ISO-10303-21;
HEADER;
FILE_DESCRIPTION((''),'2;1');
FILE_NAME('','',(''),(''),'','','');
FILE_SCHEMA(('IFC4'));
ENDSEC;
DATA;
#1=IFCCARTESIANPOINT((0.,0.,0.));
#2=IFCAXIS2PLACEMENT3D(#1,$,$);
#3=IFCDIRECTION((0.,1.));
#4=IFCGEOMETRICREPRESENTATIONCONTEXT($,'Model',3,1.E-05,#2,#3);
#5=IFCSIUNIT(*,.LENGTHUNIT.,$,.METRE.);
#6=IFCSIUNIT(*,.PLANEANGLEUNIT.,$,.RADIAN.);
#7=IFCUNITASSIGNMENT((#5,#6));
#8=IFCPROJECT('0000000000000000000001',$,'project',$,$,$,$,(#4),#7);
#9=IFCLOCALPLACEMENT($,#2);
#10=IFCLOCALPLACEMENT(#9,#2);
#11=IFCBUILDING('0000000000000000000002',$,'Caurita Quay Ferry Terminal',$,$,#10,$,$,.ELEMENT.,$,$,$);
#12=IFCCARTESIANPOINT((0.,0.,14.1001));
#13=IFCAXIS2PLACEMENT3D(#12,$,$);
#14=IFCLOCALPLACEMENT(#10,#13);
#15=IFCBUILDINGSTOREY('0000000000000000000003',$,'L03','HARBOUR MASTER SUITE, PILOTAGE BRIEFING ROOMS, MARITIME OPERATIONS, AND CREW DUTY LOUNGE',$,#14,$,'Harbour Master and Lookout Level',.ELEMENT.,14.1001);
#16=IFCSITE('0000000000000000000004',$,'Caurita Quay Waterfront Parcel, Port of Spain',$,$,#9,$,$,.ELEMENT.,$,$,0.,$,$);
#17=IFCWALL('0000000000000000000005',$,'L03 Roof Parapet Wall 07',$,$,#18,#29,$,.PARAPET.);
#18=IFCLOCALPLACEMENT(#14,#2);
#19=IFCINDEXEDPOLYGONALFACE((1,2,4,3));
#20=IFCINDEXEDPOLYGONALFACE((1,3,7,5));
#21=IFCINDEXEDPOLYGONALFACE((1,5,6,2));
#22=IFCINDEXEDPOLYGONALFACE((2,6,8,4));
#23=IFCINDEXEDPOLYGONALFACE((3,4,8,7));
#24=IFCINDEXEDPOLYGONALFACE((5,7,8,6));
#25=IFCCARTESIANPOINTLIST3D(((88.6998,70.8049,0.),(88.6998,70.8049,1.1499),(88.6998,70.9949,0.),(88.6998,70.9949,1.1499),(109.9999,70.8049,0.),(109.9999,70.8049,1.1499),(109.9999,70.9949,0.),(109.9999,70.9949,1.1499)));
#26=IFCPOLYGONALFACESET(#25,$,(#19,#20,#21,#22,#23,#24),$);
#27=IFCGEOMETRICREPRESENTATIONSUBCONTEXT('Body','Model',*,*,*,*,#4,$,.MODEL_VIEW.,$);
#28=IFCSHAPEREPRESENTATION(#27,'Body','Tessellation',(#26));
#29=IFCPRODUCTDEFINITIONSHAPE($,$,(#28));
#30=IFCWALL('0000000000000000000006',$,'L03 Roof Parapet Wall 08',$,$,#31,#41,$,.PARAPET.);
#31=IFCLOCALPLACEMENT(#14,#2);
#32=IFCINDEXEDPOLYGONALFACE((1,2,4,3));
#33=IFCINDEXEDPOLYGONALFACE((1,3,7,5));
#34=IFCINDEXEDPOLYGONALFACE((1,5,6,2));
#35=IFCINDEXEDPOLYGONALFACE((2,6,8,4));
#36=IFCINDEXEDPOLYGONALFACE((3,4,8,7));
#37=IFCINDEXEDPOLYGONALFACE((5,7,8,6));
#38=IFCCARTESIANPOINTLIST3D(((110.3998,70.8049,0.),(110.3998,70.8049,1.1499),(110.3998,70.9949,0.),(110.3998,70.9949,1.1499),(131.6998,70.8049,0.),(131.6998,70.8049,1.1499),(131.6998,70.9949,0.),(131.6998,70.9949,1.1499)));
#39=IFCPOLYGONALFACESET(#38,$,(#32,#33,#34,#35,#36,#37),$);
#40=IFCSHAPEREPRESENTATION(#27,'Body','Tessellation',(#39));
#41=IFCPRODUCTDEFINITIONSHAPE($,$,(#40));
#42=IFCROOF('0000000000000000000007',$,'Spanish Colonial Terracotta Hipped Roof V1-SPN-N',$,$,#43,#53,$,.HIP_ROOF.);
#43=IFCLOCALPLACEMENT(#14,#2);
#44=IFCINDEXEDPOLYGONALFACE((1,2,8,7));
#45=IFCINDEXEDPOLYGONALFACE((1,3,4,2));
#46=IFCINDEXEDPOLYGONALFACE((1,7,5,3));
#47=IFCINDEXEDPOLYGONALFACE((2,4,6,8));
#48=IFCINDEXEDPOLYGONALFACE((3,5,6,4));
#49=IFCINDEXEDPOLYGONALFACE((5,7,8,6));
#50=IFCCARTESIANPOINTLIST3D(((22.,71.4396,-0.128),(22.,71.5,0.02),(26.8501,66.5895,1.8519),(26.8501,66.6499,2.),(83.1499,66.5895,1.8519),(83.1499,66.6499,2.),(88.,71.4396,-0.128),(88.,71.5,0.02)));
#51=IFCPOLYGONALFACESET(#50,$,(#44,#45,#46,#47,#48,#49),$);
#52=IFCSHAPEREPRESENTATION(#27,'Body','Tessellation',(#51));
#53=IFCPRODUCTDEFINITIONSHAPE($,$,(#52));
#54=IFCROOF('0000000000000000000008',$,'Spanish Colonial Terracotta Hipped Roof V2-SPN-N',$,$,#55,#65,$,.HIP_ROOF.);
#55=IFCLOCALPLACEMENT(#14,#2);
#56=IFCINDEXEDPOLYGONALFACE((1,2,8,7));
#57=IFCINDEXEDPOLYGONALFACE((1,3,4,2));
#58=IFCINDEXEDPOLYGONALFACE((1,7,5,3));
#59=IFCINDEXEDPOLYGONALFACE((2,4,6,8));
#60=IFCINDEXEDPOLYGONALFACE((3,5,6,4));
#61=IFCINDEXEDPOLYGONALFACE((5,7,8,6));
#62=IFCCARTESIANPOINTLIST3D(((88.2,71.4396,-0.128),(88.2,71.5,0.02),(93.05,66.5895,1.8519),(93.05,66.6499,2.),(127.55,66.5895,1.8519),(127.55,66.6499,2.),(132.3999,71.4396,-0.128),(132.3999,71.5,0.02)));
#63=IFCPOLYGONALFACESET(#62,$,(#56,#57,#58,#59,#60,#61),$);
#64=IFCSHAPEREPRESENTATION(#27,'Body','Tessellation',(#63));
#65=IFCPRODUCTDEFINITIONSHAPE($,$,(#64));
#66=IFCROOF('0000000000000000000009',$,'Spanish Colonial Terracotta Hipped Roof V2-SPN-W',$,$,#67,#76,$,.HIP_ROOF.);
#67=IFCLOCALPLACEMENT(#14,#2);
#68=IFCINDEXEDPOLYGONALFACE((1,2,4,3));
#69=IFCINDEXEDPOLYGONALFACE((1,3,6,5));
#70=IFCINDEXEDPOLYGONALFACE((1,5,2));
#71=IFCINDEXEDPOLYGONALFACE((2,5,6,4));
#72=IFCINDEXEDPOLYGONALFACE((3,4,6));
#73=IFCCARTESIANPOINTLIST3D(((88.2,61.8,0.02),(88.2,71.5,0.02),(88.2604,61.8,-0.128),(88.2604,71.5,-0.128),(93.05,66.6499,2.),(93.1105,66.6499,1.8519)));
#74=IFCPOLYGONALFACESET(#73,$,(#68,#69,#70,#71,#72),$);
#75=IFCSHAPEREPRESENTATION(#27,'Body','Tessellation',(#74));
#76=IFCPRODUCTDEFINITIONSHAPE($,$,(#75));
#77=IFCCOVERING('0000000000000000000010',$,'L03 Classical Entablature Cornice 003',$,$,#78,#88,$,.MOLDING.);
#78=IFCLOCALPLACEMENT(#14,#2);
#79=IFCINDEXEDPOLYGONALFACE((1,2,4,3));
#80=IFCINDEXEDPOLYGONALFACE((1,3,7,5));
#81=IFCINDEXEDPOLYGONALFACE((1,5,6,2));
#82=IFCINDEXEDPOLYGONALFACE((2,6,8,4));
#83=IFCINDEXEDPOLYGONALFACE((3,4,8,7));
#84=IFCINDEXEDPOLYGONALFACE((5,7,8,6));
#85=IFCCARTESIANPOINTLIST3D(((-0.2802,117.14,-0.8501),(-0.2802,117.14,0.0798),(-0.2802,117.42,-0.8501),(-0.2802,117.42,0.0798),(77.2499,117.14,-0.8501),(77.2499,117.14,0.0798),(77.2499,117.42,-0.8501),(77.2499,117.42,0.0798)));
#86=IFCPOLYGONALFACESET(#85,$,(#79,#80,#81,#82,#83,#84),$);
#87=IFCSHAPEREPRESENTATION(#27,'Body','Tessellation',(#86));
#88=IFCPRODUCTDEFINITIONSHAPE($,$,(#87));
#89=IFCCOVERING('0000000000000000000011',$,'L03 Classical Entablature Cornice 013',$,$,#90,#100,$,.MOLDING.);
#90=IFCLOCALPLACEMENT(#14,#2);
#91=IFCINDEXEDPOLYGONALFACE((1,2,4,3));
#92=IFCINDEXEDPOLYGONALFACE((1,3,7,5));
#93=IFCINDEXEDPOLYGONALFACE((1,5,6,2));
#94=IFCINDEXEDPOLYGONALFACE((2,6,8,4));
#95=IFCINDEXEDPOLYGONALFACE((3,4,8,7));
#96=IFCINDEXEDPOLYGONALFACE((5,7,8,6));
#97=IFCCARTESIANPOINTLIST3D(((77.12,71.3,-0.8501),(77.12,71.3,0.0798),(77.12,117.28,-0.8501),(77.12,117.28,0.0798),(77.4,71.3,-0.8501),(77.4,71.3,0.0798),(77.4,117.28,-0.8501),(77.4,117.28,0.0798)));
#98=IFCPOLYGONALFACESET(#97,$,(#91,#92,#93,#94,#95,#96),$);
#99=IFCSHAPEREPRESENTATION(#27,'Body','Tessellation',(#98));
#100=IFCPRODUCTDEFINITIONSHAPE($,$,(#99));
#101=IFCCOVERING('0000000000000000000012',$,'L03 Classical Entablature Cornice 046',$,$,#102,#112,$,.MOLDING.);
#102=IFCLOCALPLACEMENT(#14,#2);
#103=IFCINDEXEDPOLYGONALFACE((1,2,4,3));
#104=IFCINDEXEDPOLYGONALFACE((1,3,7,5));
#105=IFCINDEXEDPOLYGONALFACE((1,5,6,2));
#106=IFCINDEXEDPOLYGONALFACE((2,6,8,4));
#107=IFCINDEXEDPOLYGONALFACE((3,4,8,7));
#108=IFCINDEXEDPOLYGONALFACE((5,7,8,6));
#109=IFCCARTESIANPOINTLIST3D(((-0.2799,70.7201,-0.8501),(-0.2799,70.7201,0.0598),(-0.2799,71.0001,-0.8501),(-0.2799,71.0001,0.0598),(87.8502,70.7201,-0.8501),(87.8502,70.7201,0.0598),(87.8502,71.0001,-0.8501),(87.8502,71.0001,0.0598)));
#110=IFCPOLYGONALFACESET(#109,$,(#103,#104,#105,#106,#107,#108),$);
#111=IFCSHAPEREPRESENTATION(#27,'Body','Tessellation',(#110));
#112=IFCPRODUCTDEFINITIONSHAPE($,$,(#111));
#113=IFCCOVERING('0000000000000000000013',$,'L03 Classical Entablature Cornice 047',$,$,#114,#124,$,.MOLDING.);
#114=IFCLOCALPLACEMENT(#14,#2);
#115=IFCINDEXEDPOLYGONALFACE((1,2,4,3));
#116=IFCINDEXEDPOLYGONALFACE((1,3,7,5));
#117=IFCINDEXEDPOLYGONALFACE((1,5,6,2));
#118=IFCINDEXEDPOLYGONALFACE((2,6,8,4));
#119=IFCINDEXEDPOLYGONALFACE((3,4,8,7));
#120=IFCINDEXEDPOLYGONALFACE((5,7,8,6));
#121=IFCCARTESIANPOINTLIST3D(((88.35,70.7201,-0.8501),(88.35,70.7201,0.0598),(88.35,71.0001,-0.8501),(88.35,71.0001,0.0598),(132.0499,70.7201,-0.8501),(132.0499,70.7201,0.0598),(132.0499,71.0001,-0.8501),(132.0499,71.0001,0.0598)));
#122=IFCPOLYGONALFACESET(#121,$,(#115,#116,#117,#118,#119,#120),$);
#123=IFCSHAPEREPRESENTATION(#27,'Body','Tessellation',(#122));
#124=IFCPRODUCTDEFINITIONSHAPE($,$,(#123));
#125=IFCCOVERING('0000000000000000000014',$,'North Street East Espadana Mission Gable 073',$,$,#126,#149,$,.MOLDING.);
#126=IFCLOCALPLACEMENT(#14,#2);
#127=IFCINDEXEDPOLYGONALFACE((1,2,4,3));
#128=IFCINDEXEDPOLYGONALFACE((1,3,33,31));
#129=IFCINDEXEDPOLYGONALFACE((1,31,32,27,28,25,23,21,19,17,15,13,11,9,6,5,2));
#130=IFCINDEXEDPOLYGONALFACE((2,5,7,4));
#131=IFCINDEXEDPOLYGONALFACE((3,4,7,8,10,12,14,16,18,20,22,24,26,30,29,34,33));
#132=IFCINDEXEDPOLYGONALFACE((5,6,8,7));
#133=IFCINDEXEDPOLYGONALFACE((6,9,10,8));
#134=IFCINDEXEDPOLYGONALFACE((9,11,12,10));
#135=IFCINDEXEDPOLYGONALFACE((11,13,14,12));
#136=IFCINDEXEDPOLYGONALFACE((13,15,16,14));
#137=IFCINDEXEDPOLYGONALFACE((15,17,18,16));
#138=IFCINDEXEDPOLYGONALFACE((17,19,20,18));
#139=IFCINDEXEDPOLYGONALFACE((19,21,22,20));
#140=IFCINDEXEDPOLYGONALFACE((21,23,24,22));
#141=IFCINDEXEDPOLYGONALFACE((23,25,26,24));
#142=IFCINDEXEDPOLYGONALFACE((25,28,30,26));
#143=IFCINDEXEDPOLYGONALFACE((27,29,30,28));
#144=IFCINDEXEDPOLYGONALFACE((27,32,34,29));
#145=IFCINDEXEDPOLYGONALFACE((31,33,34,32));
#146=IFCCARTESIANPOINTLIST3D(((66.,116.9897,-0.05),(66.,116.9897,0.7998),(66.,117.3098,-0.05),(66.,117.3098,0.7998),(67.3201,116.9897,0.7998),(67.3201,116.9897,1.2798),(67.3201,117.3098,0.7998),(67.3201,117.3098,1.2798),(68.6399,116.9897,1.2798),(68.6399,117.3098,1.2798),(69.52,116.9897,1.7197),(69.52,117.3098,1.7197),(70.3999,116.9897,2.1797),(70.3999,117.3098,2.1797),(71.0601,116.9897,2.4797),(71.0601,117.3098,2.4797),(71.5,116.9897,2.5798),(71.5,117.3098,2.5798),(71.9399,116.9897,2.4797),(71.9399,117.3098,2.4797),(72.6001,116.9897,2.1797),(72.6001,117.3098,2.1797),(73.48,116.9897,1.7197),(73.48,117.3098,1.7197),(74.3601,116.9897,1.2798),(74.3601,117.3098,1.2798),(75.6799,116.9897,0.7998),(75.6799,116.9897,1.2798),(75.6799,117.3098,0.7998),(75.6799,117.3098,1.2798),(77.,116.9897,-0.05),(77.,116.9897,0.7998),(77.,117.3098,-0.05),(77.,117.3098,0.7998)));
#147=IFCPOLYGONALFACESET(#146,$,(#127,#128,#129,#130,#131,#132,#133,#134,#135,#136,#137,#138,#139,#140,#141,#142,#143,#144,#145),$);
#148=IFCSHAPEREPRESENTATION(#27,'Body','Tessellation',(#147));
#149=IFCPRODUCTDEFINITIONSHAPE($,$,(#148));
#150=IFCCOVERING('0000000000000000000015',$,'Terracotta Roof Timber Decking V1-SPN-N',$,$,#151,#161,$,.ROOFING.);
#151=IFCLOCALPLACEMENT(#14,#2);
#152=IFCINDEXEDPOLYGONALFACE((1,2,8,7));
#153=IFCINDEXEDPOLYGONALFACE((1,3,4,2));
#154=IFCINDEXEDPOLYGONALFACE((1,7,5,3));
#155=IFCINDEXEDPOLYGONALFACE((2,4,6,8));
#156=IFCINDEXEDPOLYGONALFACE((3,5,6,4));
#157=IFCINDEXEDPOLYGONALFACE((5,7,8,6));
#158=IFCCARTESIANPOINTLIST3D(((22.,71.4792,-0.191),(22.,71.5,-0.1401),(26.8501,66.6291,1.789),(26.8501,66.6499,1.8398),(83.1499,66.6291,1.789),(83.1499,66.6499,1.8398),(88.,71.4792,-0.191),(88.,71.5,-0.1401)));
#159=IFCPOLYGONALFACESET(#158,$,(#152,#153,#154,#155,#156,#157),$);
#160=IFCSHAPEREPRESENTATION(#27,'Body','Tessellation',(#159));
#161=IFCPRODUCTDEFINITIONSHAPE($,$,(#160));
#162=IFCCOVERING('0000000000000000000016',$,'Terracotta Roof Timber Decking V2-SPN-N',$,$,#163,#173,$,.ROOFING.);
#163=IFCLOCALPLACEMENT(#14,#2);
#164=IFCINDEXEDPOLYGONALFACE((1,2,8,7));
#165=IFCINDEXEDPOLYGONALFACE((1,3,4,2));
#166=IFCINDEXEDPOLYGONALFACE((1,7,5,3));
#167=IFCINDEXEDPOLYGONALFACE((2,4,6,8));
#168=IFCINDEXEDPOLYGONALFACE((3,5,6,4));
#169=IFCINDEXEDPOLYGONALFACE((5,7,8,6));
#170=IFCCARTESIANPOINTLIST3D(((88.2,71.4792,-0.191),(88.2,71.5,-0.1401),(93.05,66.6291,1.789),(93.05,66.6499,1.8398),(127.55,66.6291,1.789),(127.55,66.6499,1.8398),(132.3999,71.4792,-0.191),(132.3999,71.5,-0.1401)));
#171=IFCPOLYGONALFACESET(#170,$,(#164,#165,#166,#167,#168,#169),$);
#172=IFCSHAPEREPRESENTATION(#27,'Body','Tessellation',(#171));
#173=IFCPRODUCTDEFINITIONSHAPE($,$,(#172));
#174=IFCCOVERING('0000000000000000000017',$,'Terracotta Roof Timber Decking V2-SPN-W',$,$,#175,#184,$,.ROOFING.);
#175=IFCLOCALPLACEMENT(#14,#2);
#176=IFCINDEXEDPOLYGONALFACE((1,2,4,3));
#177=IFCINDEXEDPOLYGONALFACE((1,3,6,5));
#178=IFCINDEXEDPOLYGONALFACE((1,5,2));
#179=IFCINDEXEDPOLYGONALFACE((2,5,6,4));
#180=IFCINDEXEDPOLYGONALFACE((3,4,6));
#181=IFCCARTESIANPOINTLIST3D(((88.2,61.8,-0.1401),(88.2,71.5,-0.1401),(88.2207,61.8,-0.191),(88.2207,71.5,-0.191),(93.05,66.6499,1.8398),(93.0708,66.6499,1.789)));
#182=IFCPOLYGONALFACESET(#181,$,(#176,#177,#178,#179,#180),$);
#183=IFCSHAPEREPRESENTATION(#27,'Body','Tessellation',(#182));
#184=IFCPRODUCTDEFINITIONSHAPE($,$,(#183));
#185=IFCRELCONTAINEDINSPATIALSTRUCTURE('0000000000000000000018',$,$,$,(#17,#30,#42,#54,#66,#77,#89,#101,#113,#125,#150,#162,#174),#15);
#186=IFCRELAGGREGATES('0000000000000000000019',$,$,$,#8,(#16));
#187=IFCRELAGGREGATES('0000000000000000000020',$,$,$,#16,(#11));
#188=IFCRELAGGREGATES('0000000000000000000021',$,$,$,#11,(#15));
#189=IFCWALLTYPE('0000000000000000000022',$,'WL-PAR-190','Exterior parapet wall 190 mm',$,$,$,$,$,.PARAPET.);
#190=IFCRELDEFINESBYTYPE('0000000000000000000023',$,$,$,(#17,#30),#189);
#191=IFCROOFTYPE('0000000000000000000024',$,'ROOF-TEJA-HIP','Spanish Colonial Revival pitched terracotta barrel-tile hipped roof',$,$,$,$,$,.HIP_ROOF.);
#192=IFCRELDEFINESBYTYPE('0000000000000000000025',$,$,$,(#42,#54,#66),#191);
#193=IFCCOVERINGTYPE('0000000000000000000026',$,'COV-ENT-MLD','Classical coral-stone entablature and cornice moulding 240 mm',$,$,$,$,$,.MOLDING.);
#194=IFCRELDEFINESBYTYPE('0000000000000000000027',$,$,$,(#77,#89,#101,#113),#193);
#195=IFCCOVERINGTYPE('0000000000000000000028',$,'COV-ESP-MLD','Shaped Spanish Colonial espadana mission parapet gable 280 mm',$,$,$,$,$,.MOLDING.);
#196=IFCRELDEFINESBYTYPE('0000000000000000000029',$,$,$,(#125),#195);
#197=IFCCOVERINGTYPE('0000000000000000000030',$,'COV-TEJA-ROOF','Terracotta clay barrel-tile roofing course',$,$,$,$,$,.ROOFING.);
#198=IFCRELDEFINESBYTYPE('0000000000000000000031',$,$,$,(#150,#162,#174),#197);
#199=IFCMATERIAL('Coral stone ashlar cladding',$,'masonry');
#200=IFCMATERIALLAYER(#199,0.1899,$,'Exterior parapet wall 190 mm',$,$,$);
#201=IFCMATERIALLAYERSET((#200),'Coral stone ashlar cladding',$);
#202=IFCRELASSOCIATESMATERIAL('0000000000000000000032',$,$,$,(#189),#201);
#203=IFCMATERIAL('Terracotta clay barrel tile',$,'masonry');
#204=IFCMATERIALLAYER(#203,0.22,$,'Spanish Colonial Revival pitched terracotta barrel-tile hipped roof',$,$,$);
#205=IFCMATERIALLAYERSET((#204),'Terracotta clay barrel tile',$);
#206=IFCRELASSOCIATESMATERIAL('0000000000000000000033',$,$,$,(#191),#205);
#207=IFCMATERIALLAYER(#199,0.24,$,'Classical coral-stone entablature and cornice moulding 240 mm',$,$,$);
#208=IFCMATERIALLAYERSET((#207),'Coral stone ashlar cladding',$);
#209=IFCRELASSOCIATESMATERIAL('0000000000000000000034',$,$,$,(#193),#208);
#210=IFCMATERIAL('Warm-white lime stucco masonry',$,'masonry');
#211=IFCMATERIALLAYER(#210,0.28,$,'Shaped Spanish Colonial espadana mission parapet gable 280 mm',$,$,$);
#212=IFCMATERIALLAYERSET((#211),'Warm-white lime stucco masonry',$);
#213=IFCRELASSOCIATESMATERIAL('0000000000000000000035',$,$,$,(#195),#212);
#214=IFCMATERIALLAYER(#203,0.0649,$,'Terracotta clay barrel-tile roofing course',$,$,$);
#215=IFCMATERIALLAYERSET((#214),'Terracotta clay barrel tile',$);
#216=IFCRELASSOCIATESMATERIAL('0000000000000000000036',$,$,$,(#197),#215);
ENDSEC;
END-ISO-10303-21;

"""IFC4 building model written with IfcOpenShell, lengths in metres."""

from ifc_helpers import new_model, si_unit, direction, frame, frame_2d, origin, place, context, subcontext, project, spatial, polyline, rectangle, outline, extrude, material, layer, layer_set, type_object, element, save


model = new_model("IFC4")

# Units and contexts
model_context = context("Model", 3, precision=1e-05, world=origin(), true_north=direction((0.0, 1.0)))
body_context = subcontext(model_context, "Body", "Model", "MODEL_VIEW")
ifc_project = project(units=[si_unit("LENGTHUNIT", "METRE"), si_unit("PLANEANGLEUNIT", "RADIAN")], contexts=[model_context])

# Site, building, storey
site_placement = place(None, origin())
site = spatial("IfcSite", under=ifc_project, at=site_placement, Name="Caurita Quay Waterfront Parcel, Port of Spain", CompositionType="ELEMENT", RefElevation=0.0)
building_placement = place(site_placement, origin())
building = spatial("IfcBuilding", under=site, at=building_placement, Name="Caurita Quay Ferry Terminal", CompositionType="ELEMENT")
storey_placement = place(building_placement, frame((0.0, 0.0, 14.1001)))
storey = spatial("IfcBuildingStorey", under=building, at=storey_placement, Name="L03", Description="HARBOUR MASTER SUITE, PILOTAGE BRIEFING ROOMS, MARITIME OPERATIONS, AND CREW DUTY LOUNGE", LongName="Harbour Master and Lookout Level", CompositionType="ELEMENT", Elevation=14.1001)

# Walls
ifc_material_1 = material(Name="Coral stone ashlar cladding", Category="masonry")
ifc_layer_1 = layer(ifc_material_1, 0.1899, Name="Exterior parapet wall 190 mm")
ifc_layer_set_1 = layer_set([ifc_layer_1], Name="Coral stone ashlar cladding")
wall_type = type_object("IfcWallType", Name="WL-PAR-190", Description="Exterior parapet wall 190 mm", PredefinedType="PARAPET", material=ifc_layer_set_1)
for number, where, z_axis, x_axis, name in (
    (1, (88.7, 70.8999, 0.0), (0.0, 0.0, 1.0), (1.0, 0.0, 0.0), "L03 Roof Parapet Wall 07"),
    (2, (110.3999, 70.8999, 0.0), (0.0, 0.0, 1.0), (1.0, 0.0, 0.0), "L03 Roof Parapet Wall 08"),
):
    element("IfcWall", number, at=place(storey_placement, frame(where, z_axis=z_axis, x_axis=x_axis)), inside=storey, type_object=wall_type, Name=name, PredefinedType="PARAPET", context=body_context, shape_type="SweptSolid", body=[
        extrude(rectangle(XDim=21.3, YDim=0.1899, at=frame_2d((10.6499, 0.0))), origin(), (0.0, 0.0, 1.0), 1.1499),
    ])

# Roofs
ifc_material_2 = material(Name="Terracotta clay barrel tile", Category="masonry")
ifc_layer_2 = layer(ifc_material_2, 0.22, Name="Spanish Colonial Revival pitched terracotta barrel-tile hipped roof")
ifc_layer_set_2 = layer_set([ifc_layer_2], Name="Terracotta clay barrel tile")
roof_type = type_object("IfcRoofType", Name="ROOF-TEJA-HIP", Description="Spanish Colonial Revival pitched terracotta barrel-tile hipped roof", PredefinedType="HIP_ROOF", material=ifc_layer_set_2)
roof_1_placement = place(storey_placement, frame((88.0, 71.5, 0.02), z_axis=(0.0, 0.377954, 0.925824), x_axis=(-1.0, 0.0, 0.0)))
element("IfcRoof", 3, at=roof_1_placement, inside=storey, type_object=roof_type, Name="Spanish Colonial Terracotta Hipped Roof V1-SPN-N", PredefinedType="HIP_ROOF", context=body_context, shape_type="SweptSolid", body=[
    extrude(outline(polyline([(0.0, 0.0), (66.0, 0.0), (61.1499, 5.2387), (4.8501, 5.2387), (0.0, 0.0)])), origin(), (0.0, 0.0, -1.0), 0.1599),
])
roof_2_placement = place(storey_placement, frame((132.3999, 71.5, 0.02), z_axis=(0.0, 0.377954, 0.925824), x_axis=(-1.0, 0.0, 0.0)))
element("IfcRoof", 4, at=roof_2_placement, inside=storey, type_object=roof_type, Name="Spanish Colonial Terracotta Hipped Roof V2-SPN-N", PredefinedType="HIP_ROOF", context=body_context, shape_type="SweptSolid", body=[
    extrude(outline(polyline([(0.0, 0.0), (44.2, 0.0), (39.3499, 5.2387), (4.8499, 5.2387), (0.0, 0.0)])), origin(), (0.0, 0.0, -1.0), 0.1599),
])
roof_3_placement = place(storey_placement, frame((88.2, 71.5, 0.02), z_axis=(-0.377954, 0.0, 0.925824), x_axis=(0.0, -1.0, 0.0)))
element("IfcRoof", 5, at=roof_3_placement, inside=storey, type_object=roof_type, Name="Spanish Colonial Terracotta Hipped Roof V2-SPN-W", PredefinedType="HIP_ROOF", context=body_context, shape_type="SweptSolid", body=[
    extrude(outline(polyline([(0.0, 0.0), (9.7, 0.0), (4.8501, 5.2387), (0.0, 0.0)])), origin(), (0.0, 0.0, -1.0), 0.1599),
])

# Coverings
ifc_layer_3 = layer(ifc_material_1, 0.24, Name="Classical coral-stone entablature and cornice moulding 240 mm")
ifc_layer_set_3 = layer_set([ifc_layer_3], Name="Coral stone ashlar cladding")
covering_type_1 = type_object("IfcCoveringType", Name="COV-ENT-MLD", Description="Classical coral-stone entablature and cornice moulding 240 mm", PredefinedType="MOLDING", material=ifc_layer_set_3)
covering_1_placement = place(storey_placement, frame((77.25, 117.28, -0.8501), z_axis=(0.0, 0.0, 1.0), x_axis=(-1.0, 0.0, 0.0)))
element("IfcCovering", 6, at=covering_1_placement, inside=storey, type_object=covering_type_1, Name="L03 Classical Entablature Cornice 003", PredefinedType="MOLDING", context=body_context, shape_type="SweptSolid", body=[
    extrude(rectangle(XDim=77.53, YDim=0.28, at=frame_2d((38.7651, 0.0))), origin(), (0.0, 0.0, 1.0), 0.9299),
])
covering_2_placement = place(storey_placement, frame((77.26, 71.3, -0.8501), z_axis=(0.0, 0.0, 1.0), x_axis=(0.0, 1.0, 0.0)))
element("IfcCovering", 7, at=covering_2_placement, inside=storey, type_object=covering_type_1, Name="L03 Classical Entablature Cornice 013", PredefinedType="MOLDING", context=body_context, shape_type="SweptSolid", body=[
    extrude(rectangle(XDim=45.98, YDim=0.28, at=frame_2d((22.99, 0.0))), origin(), (0.0, 0.0, 1.0), 0.9299),
])
covering_3_placement = place(storey_placement, frame((87.8501, 70.8601, -0.8501), z_axis=(0.0, 0.0, 1.0), x_axis=(-1.0, 0.0, 0.0)))
element("IfcCovering", 8, at=covering_3_placement, inside=storey, type_object=covering_type_1, Name="L03 Classical Entablature Cornice 046", PredefinedType="MOLDING", context=body_context, shape_type="SweptSolid", body=[
    extrude(rectangle(XDim=88.1301, YDim=0.28, at=frame_2d((44.0649, 0.0))), origin(), (0.0, 0.0, 1.0), 0.9099),
])
covering_4_placement = place(storey_placement, frame((132.05, 70.8601, -0.8501), z_axis=(0.0, 0.0, 1.0), x_axis=(-1.0, 0.0, 0.0)))
element("IfcCovering", 9, at=covering_4_placement, inside=storey, type_object=covering_type_1, Name="L03 Classical Entablature Cornice 047", PredefinedType="MOLDING", context=body_context, shape_type="SweptSolid", body=[
    extrude(rectangle(XDim=43.7, YDim=0.28, at=frame_2d((21.8501, 0.0))), origin(), (0.0, 0.0, 1.0), 0.9099),
])
ifc_material_3 = material(Name="Warm-white lime stucco masonry", Category="masonry")
ifc_layer_4 = layer(ifc_material_3, 0.28, Name="Shaped Spanish Colonial espadana mission parapet gable 280 mm")
ifc_layer_set_4 = layer_set([ifc_layer_4], Name="Warm-white lime stucco masonry")
covering_type_2 = type_object("IfcCoveringType", Name="COV-ESP-MLD", Description="Shaped Spanish Colonial espadana mission parapet gable 280 mm", PredefinedType="MOLDING", material=ifc_layer_set_4)
covering_5_placement = place(storey_placement, frame((77.0, 117.1499, -0.05), z_axis=(0.0, 0.0, 1.0), x_axis=(-1.0, 0.0, 0.0)))
element("IfcCovering", 10, at=covering_5_placement, inside=storey, type_object=covering_type_2, Name="North Street East Espadana Mission Gable 073", PredefinedType="MOLDING", context=body_context, shape_type="SweptSolid", body=[
    extrude(outline(polyline([(0.0, 0.0), (11.0, 0.0), (11.0, 0.8499), (9.6799, 0.8499), (9.6799, 1.3298), (8.3601, 1.3298), (7.48, 1.7698), (6.6001, 2.2297), (5.9399, 2.5298), (5.5, 2.6299), (5.0601, 2.5298), (4.3999, 2.2297), (3.52, 1.7698), (2.6399, 1.3298), (1.3201, 1.3298), (1.3201, 0.8499), (0.0, 0.8499), (0.0, 0.0)])), frame((0.0, 0.1602, 0.0), z_axis=(0.0, -1.0, 0.0), x_axis=(1.0, 0.0, 0.0)), (0.0, 0.0, 1.0), 0.3201),
])
ifc_layer_5 = layer(ifc_material_2, 0.0649, Name="Terracotta clay barrel-tile roofing course")
ifc_layer_set_5 = layer_set([ifc_layer_5], Name="Terracotta clay barrel tile")
covering_type_3 = type_object("IfcCoveringType", Name="COV-TEJA-ROOF", Description="Terracotta clay barrel-tile roofing course", PredefinedType="ROOFING", material=ifc_layer_set_5)
covering_6_placement = place(storey_placement, frame((88.0, 71.5, -0.1401), z_axis=(0.0, 0.377954, 0.925824), x_axis=(-1.0, 0.0, 0.0)))
element("IfcCovering", 11, at=covering_6_placement, inside=storey, type_object=covering_type_3, Name="Terracotta Roof Timber Decking V1-SPN-N", PredefinedType="ROOFING", context=body_context, shape_type="SweptSolid", body=[
    extrude(outline(polyline([(0.0, 0.0), (66.0, 0.0), (61.1499, 5.2387), (4.8501, 5.2387), (0.0, 0.0)])), origin(), (0.0, 0.0, -1.0), 0.0549),
])
covering_7_placement = place(storey_placement, frame((132.3999, 71.5, -0.1401), z_axis=(0.0, 0.377954, 0.925824), x_axis=(-1.0, 0.0, 0.0)))
element("IfcCovering", 12, at=covering_7_placement, inside=storey, type_object=covering_type_3, Name="Terracotta Roof Timber Decking V2-SPN-N", PredefinedType="ROOFING", context=body_context, shape_type="SweptSolid", body=[
    extrude(outline(polyline([(0.0, 0.0), (44.2, 0.0), (39.3499, 5.2387), (4.8499, 5.2387), (0.0, 0.0)])), origin(), (0.0, 0.0, -1.0), 0.0549),
])
covering_8_placement = place(storey_placement, frame((88.2, 71.5, -0.1401), z_axis=(-0.377954, 0.0, 0.925824), x_axis=(0.0, -1.0, 0.0)))
element("IfcCovering", 13, at=covering_8_placement, inside=storey, type_object=covering_type_3, Name="Terracotta Roof Timber Decking V2-SPN-W", PredefinedType="ROOFING", context=body_context, shape_type="SweptSolid", body=[
    extrude(outline(polyline([(0.0, 0.0), (9.7, 0.0), (4.8501, 5.2387), (0.0, 0.0)])), origin(), (0.0, 0.0, -1.0), 0.0549),
])

save(model, "model.ifc")
